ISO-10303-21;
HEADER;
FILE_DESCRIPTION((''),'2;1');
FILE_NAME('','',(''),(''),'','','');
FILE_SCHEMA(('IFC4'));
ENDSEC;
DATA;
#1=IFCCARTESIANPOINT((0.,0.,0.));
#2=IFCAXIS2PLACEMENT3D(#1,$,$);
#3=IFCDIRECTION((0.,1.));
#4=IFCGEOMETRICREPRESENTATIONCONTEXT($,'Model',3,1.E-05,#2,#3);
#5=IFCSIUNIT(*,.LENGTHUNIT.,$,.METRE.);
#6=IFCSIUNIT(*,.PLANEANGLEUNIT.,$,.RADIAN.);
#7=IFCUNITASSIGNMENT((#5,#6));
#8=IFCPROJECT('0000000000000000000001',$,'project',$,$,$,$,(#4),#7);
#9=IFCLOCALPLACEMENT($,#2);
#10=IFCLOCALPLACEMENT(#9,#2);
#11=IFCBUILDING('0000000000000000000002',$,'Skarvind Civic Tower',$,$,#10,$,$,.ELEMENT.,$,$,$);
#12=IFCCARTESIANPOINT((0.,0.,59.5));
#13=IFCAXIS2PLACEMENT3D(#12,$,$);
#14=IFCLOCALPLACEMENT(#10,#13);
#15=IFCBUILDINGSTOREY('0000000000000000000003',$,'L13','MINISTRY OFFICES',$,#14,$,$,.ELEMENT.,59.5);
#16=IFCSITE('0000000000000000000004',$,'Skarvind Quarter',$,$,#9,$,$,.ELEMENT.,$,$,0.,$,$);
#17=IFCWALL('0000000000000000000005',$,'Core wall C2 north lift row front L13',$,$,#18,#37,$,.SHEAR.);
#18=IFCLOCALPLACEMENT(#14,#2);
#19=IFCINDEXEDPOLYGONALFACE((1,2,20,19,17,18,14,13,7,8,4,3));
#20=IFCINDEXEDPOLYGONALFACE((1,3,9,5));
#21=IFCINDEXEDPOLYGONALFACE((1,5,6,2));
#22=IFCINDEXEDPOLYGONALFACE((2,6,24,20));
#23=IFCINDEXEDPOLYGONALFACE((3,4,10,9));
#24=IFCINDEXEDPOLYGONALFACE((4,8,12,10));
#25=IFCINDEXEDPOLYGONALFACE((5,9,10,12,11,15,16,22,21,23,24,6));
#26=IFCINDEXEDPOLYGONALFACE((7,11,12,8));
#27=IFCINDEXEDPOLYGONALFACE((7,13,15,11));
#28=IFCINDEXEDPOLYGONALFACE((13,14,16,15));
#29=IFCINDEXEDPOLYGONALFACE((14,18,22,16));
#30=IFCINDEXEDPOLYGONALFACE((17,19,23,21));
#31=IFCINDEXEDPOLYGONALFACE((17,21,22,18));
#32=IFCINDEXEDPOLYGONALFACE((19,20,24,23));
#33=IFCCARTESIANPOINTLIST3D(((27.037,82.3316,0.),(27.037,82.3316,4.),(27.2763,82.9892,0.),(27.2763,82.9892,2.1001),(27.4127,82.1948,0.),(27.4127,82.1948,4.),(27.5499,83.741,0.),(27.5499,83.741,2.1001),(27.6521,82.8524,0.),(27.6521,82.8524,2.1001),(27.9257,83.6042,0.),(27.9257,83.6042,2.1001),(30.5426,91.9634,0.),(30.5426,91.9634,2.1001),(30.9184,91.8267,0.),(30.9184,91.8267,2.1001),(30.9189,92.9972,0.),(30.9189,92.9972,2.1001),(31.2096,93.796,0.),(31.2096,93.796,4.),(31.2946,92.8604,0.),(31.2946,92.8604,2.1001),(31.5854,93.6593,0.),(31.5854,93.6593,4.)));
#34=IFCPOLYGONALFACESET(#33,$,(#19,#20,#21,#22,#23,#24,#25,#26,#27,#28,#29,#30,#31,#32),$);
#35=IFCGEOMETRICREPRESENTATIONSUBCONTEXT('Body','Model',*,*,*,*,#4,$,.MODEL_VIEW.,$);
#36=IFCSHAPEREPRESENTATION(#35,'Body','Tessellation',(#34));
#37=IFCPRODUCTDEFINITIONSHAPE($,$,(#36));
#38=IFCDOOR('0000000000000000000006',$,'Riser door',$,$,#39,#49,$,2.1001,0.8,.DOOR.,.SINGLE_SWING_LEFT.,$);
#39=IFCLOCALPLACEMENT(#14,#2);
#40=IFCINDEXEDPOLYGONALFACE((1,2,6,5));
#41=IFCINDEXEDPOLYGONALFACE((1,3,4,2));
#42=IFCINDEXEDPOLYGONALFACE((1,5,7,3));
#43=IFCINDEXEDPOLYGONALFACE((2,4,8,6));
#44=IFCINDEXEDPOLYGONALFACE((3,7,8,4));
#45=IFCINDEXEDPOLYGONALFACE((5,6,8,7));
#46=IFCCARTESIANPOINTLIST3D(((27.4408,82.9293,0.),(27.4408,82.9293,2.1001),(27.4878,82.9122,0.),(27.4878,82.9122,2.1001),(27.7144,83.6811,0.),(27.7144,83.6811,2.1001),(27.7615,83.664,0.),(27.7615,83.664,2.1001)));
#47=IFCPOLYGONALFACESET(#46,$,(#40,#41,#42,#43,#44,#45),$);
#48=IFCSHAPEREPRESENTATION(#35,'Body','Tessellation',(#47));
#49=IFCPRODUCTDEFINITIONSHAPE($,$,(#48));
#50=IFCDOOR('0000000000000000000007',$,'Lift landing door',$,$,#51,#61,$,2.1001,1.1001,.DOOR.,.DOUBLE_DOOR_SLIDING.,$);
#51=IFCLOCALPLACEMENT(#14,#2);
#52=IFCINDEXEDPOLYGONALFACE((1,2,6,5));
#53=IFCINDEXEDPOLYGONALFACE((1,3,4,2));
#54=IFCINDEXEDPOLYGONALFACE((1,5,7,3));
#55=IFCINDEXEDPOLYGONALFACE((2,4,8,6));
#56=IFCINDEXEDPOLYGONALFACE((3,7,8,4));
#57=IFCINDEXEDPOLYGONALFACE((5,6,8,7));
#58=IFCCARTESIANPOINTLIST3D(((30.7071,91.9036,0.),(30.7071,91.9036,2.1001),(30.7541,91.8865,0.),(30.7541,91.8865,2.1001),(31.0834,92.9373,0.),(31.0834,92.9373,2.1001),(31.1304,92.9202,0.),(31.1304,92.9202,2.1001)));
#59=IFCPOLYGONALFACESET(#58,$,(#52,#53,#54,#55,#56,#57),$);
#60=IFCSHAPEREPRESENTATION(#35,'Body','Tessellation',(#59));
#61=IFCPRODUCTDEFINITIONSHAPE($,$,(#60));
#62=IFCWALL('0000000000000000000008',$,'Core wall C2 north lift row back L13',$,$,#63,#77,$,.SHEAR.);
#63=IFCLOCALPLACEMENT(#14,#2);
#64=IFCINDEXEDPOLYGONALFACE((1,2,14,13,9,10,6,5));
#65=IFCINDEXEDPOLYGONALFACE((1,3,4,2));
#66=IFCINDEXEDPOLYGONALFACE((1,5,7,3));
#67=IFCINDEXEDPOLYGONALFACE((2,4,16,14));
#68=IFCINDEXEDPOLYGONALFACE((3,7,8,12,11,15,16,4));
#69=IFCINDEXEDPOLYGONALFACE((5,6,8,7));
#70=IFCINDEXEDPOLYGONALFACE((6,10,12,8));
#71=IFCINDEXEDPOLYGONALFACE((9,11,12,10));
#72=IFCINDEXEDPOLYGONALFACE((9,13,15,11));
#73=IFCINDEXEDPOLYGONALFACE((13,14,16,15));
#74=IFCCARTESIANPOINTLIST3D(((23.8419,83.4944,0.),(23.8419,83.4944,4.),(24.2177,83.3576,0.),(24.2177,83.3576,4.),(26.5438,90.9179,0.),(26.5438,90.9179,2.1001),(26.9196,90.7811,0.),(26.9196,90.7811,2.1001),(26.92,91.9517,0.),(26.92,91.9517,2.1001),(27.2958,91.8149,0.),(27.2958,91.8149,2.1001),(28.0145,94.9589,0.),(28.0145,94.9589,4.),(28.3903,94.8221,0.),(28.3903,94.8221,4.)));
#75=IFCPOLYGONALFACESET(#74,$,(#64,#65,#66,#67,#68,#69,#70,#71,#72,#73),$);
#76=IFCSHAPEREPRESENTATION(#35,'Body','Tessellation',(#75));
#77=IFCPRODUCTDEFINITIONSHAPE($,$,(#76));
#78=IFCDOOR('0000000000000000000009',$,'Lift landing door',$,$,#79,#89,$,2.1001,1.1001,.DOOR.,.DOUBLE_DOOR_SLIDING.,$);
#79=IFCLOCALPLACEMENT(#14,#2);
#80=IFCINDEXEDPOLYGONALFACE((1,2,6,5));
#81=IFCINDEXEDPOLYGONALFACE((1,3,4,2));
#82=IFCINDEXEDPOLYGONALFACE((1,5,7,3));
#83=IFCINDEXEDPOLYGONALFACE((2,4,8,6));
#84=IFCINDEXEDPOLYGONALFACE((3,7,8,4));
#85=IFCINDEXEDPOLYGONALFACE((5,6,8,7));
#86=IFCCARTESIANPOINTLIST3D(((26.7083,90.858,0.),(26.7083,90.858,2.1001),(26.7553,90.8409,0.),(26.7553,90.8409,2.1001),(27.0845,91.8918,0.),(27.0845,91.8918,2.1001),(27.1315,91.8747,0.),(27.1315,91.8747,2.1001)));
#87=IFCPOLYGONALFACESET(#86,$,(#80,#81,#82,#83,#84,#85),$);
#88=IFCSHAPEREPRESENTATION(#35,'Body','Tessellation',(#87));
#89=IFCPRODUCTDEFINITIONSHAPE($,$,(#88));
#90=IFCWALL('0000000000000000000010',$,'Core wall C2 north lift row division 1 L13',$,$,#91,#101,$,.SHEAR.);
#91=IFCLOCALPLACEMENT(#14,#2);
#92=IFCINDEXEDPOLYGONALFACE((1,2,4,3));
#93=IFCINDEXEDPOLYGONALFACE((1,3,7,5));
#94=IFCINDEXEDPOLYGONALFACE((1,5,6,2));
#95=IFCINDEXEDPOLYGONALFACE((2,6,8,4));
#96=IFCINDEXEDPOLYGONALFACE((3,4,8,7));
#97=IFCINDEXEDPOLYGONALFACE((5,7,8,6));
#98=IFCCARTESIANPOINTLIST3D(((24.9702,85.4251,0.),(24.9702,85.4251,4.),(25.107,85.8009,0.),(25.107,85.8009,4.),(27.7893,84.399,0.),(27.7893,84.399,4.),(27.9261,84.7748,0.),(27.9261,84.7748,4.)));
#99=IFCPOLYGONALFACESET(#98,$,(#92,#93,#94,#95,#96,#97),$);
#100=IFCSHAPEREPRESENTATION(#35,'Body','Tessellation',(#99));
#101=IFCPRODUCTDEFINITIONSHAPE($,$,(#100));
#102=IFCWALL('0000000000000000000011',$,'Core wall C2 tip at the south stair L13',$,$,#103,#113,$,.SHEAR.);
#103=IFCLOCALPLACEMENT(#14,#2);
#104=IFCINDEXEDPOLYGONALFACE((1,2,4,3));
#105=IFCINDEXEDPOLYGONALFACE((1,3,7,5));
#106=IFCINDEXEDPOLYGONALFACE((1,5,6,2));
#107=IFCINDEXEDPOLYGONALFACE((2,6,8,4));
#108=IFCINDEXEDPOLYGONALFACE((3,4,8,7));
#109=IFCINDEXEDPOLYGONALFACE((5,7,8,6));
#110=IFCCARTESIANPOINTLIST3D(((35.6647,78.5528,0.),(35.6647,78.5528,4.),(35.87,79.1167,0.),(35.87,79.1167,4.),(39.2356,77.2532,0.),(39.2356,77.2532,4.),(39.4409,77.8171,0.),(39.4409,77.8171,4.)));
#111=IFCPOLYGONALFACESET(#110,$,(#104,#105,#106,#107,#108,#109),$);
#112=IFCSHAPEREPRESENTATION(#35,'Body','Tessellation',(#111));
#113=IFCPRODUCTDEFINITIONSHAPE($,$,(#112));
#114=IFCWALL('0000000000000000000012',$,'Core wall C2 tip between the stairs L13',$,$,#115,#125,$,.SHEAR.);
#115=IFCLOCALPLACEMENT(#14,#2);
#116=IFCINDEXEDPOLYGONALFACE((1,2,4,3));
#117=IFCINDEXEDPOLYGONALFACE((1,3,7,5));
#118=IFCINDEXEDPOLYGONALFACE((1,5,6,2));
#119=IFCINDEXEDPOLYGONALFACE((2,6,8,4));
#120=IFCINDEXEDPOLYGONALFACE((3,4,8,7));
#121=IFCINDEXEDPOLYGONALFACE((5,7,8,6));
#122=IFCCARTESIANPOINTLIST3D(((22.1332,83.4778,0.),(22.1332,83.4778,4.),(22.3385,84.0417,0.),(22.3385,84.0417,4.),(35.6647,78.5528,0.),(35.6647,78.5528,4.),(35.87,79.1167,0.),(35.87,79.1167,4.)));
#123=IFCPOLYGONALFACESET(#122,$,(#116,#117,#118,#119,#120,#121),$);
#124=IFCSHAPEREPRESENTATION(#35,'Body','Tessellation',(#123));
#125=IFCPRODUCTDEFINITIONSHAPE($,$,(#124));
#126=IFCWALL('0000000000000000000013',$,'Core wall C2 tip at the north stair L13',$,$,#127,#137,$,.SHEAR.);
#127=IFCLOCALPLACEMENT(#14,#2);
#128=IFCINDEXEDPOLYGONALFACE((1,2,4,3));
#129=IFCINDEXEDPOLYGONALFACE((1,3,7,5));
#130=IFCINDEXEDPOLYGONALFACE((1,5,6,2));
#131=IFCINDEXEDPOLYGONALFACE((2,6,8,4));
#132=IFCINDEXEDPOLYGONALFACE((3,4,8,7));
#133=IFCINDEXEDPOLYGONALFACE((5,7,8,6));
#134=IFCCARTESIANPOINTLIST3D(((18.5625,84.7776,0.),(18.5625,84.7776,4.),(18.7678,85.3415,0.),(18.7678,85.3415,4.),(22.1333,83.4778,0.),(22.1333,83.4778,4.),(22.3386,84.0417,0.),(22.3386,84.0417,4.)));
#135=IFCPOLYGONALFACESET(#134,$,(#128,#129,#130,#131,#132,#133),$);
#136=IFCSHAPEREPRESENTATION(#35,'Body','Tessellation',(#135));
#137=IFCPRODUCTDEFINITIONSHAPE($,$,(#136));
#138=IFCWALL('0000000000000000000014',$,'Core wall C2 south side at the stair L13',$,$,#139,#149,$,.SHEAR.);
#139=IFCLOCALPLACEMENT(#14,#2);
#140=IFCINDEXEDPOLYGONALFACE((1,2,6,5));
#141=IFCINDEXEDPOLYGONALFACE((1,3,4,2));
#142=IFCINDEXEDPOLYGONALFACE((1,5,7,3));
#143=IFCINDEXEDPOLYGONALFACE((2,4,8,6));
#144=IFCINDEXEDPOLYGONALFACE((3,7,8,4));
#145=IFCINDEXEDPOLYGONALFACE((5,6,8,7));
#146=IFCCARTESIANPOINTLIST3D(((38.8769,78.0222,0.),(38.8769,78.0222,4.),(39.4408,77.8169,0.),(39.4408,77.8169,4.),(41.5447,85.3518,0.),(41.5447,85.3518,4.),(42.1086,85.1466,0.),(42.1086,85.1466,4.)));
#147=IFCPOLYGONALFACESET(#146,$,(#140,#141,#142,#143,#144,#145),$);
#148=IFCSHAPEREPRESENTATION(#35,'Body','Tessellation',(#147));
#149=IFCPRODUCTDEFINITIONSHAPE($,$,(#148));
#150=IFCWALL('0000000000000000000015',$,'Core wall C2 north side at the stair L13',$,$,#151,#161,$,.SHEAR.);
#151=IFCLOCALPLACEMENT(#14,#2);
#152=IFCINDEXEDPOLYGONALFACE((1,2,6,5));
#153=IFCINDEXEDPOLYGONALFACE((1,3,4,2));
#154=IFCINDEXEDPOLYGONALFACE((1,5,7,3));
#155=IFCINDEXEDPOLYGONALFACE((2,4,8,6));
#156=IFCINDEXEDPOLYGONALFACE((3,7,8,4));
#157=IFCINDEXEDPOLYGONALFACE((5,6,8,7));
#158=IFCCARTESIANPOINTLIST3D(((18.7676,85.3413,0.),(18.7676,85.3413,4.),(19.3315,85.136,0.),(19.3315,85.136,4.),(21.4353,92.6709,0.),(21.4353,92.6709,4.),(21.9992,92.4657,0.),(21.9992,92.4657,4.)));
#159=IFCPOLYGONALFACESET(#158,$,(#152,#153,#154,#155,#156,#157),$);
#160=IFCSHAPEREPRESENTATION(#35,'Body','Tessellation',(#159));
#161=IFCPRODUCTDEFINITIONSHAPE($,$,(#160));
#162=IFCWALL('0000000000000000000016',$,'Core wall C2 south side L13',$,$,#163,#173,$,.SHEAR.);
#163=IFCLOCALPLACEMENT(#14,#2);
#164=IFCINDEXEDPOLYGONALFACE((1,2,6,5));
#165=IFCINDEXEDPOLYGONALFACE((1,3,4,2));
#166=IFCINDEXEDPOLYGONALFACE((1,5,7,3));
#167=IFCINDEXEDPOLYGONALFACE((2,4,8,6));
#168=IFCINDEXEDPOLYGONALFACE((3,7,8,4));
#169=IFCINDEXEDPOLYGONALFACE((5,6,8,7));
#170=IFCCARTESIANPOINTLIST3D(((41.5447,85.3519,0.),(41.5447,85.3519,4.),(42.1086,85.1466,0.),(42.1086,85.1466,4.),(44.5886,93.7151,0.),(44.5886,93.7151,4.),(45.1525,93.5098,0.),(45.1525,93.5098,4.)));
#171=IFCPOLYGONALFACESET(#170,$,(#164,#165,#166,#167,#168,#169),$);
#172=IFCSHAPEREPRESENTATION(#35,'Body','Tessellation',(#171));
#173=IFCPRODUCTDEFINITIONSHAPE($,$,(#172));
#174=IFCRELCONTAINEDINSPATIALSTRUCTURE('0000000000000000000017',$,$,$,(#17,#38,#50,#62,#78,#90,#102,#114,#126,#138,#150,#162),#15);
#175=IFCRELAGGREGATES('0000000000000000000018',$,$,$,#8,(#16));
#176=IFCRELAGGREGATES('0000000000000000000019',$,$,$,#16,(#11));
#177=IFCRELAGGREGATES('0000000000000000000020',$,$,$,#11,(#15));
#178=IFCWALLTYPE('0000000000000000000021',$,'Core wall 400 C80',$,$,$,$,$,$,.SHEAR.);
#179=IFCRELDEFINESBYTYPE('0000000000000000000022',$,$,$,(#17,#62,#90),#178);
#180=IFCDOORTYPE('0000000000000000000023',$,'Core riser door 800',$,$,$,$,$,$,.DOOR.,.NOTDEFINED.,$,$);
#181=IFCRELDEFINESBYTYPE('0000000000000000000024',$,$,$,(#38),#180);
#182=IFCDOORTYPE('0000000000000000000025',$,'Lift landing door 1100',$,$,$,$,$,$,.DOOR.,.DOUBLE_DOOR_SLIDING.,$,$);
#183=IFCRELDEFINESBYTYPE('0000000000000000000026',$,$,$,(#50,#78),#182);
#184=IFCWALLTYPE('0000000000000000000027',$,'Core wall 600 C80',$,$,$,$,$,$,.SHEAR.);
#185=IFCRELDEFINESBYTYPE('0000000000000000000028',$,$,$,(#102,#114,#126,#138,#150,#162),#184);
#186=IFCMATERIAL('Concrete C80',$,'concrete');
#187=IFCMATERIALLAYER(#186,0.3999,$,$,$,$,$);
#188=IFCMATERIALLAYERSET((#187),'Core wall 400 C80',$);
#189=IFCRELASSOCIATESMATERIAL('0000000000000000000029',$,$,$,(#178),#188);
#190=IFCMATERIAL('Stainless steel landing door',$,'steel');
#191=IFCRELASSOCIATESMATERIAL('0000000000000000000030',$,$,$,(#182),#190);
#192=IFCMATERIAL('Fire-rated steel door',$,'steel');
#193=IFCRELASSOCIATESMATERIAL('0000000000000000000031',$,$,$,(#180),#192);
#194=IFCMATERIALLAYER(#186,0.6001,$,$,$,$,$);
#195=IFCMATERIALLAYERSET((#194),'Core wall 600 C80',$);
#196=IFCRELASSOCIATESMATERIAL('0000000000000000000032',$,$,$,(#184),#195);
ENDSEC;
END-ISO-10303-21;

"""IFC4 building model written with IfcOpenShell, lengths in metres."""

from ifc_helpers import new_model, si_unit, direction, frame, frame_2d, origin, place, context, subcontext, project, spatial, rectangle, extrude, material, layer, layer_set, type_object, element, fill, save


model = new_model("IFC4")

# Units and contexts
model_context = context("Model", 3, precision=1e-05, world=origin(), true_north=direction((0.0, 1.0)))
body_context = subcontext(model_context, "Body", "Model", "MODEL_VIEW")
ifc_project = project(units=[si_unit("LENGTHUNIT", "METRE"), si_unit("PLANEANGLEUNIT", "RADIAN")], contexts=[model_context])

# Site, building, storey
site_placement = place(None, origin())
site = spatial("IfcSite", under=ifc_project, at=site_placement, Name="Skarvind Quarter", CompositionType="ELEMENT", RefElevation=0.0)
building_placement = place(site_placement, origin())
building = spatial("IfcBuilding", under=site, at=building_placement, Name="Skarvind Civic Tower", CompositionType="ELEMENT")
storey_placement = place(building_placement, frame((0.0, 0.0, 59.5)))
storey = spatial("IfcBuildingStorey", under=building, at=storey_placement, Name="L13", Description="MINISTRY OFFICES", CompositionType="ELEMENT", Elevation=59.5)

# Shared definitions
ifc_material_1 = material(Name="Concrete C80", Category="concrete")
ifc_layer_1 = layer(ifc_material_1, 0.3999)
ifc_layer_set_1 = layer_set([ifc_layer_1], Name="Core wall 400 C80")
wall_type_1 = type_object("IfcWallType", Name="Core wall 400 C80", PredefinedType="SHEAR", material=ifc_layer_set_1)

# Shared definitions
ifc_material_2 = material(Name="Fire-rated steel door", Category="steel")

# Shared definitions
ifc_material_3 = material(Name="Stainless steel landing door", Category="steel")
door_type_1 = type_object("IfcDoorType", Name="Lift landing door 1100", OperationType="DOUBLE_DOOR_SLIDING", PredefinedType="DOOR", material=ifc_material_3)

# Wall, openings, doors
wall_1_placement = place(storey_placement, frame((27.2249, 82.2632, 0.0), z_axis=(0.0, 0.0, 1.0), x_axis=(0.342015, 0.939695, 0.0)))
wall_1 = element("IfcWall", 1, at=wall_1_placement, inside=storey, type_object=wall_type_1, Name="Core wall C2 north lift row front L13", PredefinedType="SHEAR", context=body_context, shape_type="SweptSolid", body=[
    extrude(rectangle(XDim=12.2002, YDim=0.3999, at=frame_2d((6.1001, 0.0))), origin(), (0.0, 0.0, 1.0), 4.0),
])
opening_1_placement = place(wall_1_placement, frame((10.25, 0.0, 0.0)))
opening_1 = element("IfcOpeningElement", 2, at=opening_1_placement, cuts=wall_1, PredefinedType="OPENING", context=body_context, shape_type="SweptSolid", body=[
    extrude(rectangle(XDim=1.1001, YDim=2.1001, at=frame_2d((0.55, 1.05))), frame((0.0, 0.21, 0.0), z_axis=(0.0, -1.0, 0.0), x_axis=(1.0, 0.0, 0.0)), (0.0, 0.0, 1.0), 0.4199),
])
opening_2_placement = place(wall_1_placement, frame((0.7, 0.0, 0.0)))
opening_2 = element("IfcOpeningElement", 3, at=opening_2_placement, cuts=wall_1, PredefinedType="OPENING", context=body_context, shape_type="SweptSolid", body=[
    extrude(rectangle(XDim=0.8, YDim=2.1001, at=frame_2d((0.3999, 1.05))), frame((0.0, 0.21, 0.0), z_axis=(0.0, -1.0, 0.0), x_axis=(1.0, 0.0, 0.0)), (0.0, 0.0, 1.0), 0.4199),
])
door_type_2 = type_object("IfcDoorType", Name="Core riser door 800", OperationType="NOTDEFINED", PredefinedType="DOOR", material=ifc_material_2)
door_1_placement = place(opening_2_placement, origin())
door_1 = element("IfcDoor", 4, at=door_1_placement, inside=storey, type_object=door_type_2, Name="Riser door", OperationType="SINGLE_SWING_LEFT", OverallHeight=2.1001, OverallWidth=0.8, PredefinedType="DOOR", context=body_context, shape_type="SweptSolid", body=[
    extrude(rectangle(XDim=0.8, YDim=2.1001, at=frame_2d((0.3999, 1.05))), frame((0.0, 0.0249, 0.0), z_axis=(0.0, -1.0, 0.0), x_axis=(1.0, 0.0, 0.0)), (0.0, 0.0, 1.0), 0.05),
])
fill(opening_2, door_1)
door_2_placement = place(opening_1_placement, origin())
door_2 = element("IfcDoor", 5, at=door_2_placement, inside=storey, type_object=door_type_1, Name="Lift landing door", OperationType="DOUBLE_DOOR_SLIDING", OverallHeight=2.1001, OverallWidth=1.1001, PredefinedType="DOOR", context=body_context, shape_type="SweptSolid", body=[
    extrude(rectangle(XDim=1.1001, YDim=2.1001, at=frame_2d((0.55, 1.05))), frame((0.0, 0.0249, 0.0), z_axis=(0.0, -1.0, 0.0), x_axis=(1.0, 0.0, 0.0)), (0.0, 0.0, 1.0), 0.05),
])
fill(opening_1, door_2)

# Wall, opening, door
wall_2_placement = place(storey_placement, frame((24.0298, 83.426, 0.0), z_axis=(0.0, 0.0, 1.0), x_axis=(0.342015, 0.939695, 0.0)))
wall_2 = element("IfcWall", 6, at=wall_2_placement, inside=storey, type_object=wall_type_1, Name="Core wall C2 north lift row back L13", PredefinedType="SHEAR", context=body_context, shape_type="SweptSolid", body=[
    extrude(rectangle(XDim=12.2002, YDim=0.3999, at=frame_2d((6.1001, 0.0))), origin(), (0.0, 0.0, 1.0), 4.0),
])
opening_3_placement = place(wall_2_placement, frame((7.8999, 0.0, 0.0)))
opening_3 = element("IfcOpeningElement", 7, at=opening_3_placement, cuts=wall_2, PredefinedType="OPENING", context=body_context, shape_type="SweptSolid", body=[
    extrude(rectangle(XDim=1.1001, YDim=2.1001, at=frame_2d((0.55, 1.05))), frame((0.0, 0.21, 0.0), z_axis=(0.0, -1.0, 0.0), x_axis=(1.0, 0.0, 0.0)), (0.0, 0.0, 1.0), 0.4199),
])
door_3_placement = place(opening_3_placement, origin())
door_3 = element("IfcDoor", 8, at=door_3_placement, inside=storey, type_object=door_type_1, Name="Lift landing door", OperationType="DOUBLE_DOOR_SLIDING", OverallHeight=2.1001, OverallWidth=1.1001, PredefinedType="DOOR", context=body_context, shape_type="SweptSolid", body=[
    extrude(rectangle(XDim=1.1001, YDim=2.1001, at=frame_2d((0.55, 1.05))), frame((0.0, 0.0249, 0.0), z_axis=(0.0, -1.0, 0.0), x_axis=(1.0, 0.0, 0.0)), (0.0, 0.0, 1.0), 0.05),
])
fill(opening_3, door_3)

# Walls
wall_3_placement = place(storey_placement, frame((27.8577, 84.5869, 0.0), z_axis=(0.0, 0.0, 1.0), x_axis=(-0.939686, 0.342037, 0.0)))
element("IfcWall", 9, at=wall_3_placement, inside=storey, type_object=wall_type_1, Name="Core wall C2 north lift row division 1 L13", PredefinedType="SHEAR", context=body_context, shape_type="SweptSolid", body=[
    extrude(rectangle(XDim=3.0, YDim=0.3999, at=frame_2d((1.5, 0.0))), origin(), (0.0, 0.0, 1.0), 4.0),
])
ifc_layer_2 = layer(ifc_material_1, 0.6001)
ifc_layer_set_2 = layer_set([ifc_layer_2], Name="Core wall 600 C80")
wall_type_2 = type_object("IfcWallType", Name="Core wall 600 C80", PredefinedType="SHEAR", material=ifc_layer_set_2)
wall_4_placement = place(storey_placement, frame((39.3381, 77.5352, 0.0), z_axis=(0.0, 0.0, 1.0), x_axis=(-0.939701, 0.341996, 0.0)))
element("IfcWall", 10, at=wall_4_placement, inside=storey, type_object=wall_type_2, Name="Core wall C2 tip at the south stair L13", PredefinedType="SHEAR", context=body_context, shape_type="SweptSolid", body=[
    extrude(rectangle(XDim=3.8, YDim=0.6001, at=frame_2d((1.8999, 0.0))), origin(), (0.0, 0.0, 1.0), 4.0),
])
wall_5_placement = place(storey_placement, frame((35.7673, 78.8347, 0.0), z_axis=(0.0, 0.0, 1.0), x_axis=(-0.939693, 0.342019, 0.0)))
element("IfcWall", 11, at=wall_5_placement, inside=storey, type_object=wall_type_2, Name="Core wall C2 tip between the stairs L13", PredefinedType="SHEAR", context=body_context, shape_type="SweptSolid", body=[
    extrude(rectangle(XDim=14.3999, YDim=0.6001, at=frame_2d((7.2, 0.0))), origin(), (0.0, 0.0, 1.0), 4.0),
])
wall_6_placement = place(storey_placement, frame((22.2358, 83.7598, 0.0), z_axis=(0.0, 0.0, 1.0), x_axis=(-0.939681, 0.342053, 0.0)))
element("IfcWall", 12, at=wall_6_placement, inside=storey, type_object=wall_type_2, Name="Core wall C2 tip at the north stair L13", PredefinedType="SHEAR", context=body_context, shape_type="SweptSolid", body=[
    extrude(rectangle(XDim=3.8, YDim=0.6001, at=frame_2d((1.8999, 0.0))), origin(), (0.0, 0.0, 1.0), 4.0),
])
for number, where, z_axis, x_axis, name in (
    (13, (39.1589, 77.9197, 0.0), (0.0, 0.0, 1.0), (0.342017, 0.939694, 0.0), "Core wall C2 south side at the stair L13"),
    (14, (19.0496, 85.2388, 0.0), (0.0, 0.0, 1.0), (0.342017, 0.939694, 0.0), "Core wall C2 north side at the stair L13"),
):
    element("IfcWall", number, at=place(storey_placement, frame(where, z_axis=z_axis, x_axis=x_axis)), inside=storey, type_object=wall_type_2, Name=name, PredefinedType="SHEAR", context=body_context, shape_type="SweptSolid", body=[
        extrude(rectangle(XDim=7.8, YDim=0.6001, at=frame_2d((3.8999, 0.0))), origin(), (0.0, 0.0, 1.0), 4.0),
    ])
wall_7_placement = place(storey_placement, frame((41.8267, 85.2493, 0.0), z_axis=(0.0, 0.0, 1.0), x_axis=(0.342016, 0.939694, 0.0)))
element("IfcWall", 15, at=wall_7_placement, inside=storey, type_object=wall_type_2, Name="Core wall C2 south side L13", PredefinedType="SHEAR", context=body_context, shape_type="SweptSolid", body=[
    extrude(rectangle(XDim=8.8999, YDim=0.6001, at=frame_2d((4.45, 0.0))), origin(), (0.0, 0.0, 1.0), 4.0),
])

save(model, "model.ifc")
